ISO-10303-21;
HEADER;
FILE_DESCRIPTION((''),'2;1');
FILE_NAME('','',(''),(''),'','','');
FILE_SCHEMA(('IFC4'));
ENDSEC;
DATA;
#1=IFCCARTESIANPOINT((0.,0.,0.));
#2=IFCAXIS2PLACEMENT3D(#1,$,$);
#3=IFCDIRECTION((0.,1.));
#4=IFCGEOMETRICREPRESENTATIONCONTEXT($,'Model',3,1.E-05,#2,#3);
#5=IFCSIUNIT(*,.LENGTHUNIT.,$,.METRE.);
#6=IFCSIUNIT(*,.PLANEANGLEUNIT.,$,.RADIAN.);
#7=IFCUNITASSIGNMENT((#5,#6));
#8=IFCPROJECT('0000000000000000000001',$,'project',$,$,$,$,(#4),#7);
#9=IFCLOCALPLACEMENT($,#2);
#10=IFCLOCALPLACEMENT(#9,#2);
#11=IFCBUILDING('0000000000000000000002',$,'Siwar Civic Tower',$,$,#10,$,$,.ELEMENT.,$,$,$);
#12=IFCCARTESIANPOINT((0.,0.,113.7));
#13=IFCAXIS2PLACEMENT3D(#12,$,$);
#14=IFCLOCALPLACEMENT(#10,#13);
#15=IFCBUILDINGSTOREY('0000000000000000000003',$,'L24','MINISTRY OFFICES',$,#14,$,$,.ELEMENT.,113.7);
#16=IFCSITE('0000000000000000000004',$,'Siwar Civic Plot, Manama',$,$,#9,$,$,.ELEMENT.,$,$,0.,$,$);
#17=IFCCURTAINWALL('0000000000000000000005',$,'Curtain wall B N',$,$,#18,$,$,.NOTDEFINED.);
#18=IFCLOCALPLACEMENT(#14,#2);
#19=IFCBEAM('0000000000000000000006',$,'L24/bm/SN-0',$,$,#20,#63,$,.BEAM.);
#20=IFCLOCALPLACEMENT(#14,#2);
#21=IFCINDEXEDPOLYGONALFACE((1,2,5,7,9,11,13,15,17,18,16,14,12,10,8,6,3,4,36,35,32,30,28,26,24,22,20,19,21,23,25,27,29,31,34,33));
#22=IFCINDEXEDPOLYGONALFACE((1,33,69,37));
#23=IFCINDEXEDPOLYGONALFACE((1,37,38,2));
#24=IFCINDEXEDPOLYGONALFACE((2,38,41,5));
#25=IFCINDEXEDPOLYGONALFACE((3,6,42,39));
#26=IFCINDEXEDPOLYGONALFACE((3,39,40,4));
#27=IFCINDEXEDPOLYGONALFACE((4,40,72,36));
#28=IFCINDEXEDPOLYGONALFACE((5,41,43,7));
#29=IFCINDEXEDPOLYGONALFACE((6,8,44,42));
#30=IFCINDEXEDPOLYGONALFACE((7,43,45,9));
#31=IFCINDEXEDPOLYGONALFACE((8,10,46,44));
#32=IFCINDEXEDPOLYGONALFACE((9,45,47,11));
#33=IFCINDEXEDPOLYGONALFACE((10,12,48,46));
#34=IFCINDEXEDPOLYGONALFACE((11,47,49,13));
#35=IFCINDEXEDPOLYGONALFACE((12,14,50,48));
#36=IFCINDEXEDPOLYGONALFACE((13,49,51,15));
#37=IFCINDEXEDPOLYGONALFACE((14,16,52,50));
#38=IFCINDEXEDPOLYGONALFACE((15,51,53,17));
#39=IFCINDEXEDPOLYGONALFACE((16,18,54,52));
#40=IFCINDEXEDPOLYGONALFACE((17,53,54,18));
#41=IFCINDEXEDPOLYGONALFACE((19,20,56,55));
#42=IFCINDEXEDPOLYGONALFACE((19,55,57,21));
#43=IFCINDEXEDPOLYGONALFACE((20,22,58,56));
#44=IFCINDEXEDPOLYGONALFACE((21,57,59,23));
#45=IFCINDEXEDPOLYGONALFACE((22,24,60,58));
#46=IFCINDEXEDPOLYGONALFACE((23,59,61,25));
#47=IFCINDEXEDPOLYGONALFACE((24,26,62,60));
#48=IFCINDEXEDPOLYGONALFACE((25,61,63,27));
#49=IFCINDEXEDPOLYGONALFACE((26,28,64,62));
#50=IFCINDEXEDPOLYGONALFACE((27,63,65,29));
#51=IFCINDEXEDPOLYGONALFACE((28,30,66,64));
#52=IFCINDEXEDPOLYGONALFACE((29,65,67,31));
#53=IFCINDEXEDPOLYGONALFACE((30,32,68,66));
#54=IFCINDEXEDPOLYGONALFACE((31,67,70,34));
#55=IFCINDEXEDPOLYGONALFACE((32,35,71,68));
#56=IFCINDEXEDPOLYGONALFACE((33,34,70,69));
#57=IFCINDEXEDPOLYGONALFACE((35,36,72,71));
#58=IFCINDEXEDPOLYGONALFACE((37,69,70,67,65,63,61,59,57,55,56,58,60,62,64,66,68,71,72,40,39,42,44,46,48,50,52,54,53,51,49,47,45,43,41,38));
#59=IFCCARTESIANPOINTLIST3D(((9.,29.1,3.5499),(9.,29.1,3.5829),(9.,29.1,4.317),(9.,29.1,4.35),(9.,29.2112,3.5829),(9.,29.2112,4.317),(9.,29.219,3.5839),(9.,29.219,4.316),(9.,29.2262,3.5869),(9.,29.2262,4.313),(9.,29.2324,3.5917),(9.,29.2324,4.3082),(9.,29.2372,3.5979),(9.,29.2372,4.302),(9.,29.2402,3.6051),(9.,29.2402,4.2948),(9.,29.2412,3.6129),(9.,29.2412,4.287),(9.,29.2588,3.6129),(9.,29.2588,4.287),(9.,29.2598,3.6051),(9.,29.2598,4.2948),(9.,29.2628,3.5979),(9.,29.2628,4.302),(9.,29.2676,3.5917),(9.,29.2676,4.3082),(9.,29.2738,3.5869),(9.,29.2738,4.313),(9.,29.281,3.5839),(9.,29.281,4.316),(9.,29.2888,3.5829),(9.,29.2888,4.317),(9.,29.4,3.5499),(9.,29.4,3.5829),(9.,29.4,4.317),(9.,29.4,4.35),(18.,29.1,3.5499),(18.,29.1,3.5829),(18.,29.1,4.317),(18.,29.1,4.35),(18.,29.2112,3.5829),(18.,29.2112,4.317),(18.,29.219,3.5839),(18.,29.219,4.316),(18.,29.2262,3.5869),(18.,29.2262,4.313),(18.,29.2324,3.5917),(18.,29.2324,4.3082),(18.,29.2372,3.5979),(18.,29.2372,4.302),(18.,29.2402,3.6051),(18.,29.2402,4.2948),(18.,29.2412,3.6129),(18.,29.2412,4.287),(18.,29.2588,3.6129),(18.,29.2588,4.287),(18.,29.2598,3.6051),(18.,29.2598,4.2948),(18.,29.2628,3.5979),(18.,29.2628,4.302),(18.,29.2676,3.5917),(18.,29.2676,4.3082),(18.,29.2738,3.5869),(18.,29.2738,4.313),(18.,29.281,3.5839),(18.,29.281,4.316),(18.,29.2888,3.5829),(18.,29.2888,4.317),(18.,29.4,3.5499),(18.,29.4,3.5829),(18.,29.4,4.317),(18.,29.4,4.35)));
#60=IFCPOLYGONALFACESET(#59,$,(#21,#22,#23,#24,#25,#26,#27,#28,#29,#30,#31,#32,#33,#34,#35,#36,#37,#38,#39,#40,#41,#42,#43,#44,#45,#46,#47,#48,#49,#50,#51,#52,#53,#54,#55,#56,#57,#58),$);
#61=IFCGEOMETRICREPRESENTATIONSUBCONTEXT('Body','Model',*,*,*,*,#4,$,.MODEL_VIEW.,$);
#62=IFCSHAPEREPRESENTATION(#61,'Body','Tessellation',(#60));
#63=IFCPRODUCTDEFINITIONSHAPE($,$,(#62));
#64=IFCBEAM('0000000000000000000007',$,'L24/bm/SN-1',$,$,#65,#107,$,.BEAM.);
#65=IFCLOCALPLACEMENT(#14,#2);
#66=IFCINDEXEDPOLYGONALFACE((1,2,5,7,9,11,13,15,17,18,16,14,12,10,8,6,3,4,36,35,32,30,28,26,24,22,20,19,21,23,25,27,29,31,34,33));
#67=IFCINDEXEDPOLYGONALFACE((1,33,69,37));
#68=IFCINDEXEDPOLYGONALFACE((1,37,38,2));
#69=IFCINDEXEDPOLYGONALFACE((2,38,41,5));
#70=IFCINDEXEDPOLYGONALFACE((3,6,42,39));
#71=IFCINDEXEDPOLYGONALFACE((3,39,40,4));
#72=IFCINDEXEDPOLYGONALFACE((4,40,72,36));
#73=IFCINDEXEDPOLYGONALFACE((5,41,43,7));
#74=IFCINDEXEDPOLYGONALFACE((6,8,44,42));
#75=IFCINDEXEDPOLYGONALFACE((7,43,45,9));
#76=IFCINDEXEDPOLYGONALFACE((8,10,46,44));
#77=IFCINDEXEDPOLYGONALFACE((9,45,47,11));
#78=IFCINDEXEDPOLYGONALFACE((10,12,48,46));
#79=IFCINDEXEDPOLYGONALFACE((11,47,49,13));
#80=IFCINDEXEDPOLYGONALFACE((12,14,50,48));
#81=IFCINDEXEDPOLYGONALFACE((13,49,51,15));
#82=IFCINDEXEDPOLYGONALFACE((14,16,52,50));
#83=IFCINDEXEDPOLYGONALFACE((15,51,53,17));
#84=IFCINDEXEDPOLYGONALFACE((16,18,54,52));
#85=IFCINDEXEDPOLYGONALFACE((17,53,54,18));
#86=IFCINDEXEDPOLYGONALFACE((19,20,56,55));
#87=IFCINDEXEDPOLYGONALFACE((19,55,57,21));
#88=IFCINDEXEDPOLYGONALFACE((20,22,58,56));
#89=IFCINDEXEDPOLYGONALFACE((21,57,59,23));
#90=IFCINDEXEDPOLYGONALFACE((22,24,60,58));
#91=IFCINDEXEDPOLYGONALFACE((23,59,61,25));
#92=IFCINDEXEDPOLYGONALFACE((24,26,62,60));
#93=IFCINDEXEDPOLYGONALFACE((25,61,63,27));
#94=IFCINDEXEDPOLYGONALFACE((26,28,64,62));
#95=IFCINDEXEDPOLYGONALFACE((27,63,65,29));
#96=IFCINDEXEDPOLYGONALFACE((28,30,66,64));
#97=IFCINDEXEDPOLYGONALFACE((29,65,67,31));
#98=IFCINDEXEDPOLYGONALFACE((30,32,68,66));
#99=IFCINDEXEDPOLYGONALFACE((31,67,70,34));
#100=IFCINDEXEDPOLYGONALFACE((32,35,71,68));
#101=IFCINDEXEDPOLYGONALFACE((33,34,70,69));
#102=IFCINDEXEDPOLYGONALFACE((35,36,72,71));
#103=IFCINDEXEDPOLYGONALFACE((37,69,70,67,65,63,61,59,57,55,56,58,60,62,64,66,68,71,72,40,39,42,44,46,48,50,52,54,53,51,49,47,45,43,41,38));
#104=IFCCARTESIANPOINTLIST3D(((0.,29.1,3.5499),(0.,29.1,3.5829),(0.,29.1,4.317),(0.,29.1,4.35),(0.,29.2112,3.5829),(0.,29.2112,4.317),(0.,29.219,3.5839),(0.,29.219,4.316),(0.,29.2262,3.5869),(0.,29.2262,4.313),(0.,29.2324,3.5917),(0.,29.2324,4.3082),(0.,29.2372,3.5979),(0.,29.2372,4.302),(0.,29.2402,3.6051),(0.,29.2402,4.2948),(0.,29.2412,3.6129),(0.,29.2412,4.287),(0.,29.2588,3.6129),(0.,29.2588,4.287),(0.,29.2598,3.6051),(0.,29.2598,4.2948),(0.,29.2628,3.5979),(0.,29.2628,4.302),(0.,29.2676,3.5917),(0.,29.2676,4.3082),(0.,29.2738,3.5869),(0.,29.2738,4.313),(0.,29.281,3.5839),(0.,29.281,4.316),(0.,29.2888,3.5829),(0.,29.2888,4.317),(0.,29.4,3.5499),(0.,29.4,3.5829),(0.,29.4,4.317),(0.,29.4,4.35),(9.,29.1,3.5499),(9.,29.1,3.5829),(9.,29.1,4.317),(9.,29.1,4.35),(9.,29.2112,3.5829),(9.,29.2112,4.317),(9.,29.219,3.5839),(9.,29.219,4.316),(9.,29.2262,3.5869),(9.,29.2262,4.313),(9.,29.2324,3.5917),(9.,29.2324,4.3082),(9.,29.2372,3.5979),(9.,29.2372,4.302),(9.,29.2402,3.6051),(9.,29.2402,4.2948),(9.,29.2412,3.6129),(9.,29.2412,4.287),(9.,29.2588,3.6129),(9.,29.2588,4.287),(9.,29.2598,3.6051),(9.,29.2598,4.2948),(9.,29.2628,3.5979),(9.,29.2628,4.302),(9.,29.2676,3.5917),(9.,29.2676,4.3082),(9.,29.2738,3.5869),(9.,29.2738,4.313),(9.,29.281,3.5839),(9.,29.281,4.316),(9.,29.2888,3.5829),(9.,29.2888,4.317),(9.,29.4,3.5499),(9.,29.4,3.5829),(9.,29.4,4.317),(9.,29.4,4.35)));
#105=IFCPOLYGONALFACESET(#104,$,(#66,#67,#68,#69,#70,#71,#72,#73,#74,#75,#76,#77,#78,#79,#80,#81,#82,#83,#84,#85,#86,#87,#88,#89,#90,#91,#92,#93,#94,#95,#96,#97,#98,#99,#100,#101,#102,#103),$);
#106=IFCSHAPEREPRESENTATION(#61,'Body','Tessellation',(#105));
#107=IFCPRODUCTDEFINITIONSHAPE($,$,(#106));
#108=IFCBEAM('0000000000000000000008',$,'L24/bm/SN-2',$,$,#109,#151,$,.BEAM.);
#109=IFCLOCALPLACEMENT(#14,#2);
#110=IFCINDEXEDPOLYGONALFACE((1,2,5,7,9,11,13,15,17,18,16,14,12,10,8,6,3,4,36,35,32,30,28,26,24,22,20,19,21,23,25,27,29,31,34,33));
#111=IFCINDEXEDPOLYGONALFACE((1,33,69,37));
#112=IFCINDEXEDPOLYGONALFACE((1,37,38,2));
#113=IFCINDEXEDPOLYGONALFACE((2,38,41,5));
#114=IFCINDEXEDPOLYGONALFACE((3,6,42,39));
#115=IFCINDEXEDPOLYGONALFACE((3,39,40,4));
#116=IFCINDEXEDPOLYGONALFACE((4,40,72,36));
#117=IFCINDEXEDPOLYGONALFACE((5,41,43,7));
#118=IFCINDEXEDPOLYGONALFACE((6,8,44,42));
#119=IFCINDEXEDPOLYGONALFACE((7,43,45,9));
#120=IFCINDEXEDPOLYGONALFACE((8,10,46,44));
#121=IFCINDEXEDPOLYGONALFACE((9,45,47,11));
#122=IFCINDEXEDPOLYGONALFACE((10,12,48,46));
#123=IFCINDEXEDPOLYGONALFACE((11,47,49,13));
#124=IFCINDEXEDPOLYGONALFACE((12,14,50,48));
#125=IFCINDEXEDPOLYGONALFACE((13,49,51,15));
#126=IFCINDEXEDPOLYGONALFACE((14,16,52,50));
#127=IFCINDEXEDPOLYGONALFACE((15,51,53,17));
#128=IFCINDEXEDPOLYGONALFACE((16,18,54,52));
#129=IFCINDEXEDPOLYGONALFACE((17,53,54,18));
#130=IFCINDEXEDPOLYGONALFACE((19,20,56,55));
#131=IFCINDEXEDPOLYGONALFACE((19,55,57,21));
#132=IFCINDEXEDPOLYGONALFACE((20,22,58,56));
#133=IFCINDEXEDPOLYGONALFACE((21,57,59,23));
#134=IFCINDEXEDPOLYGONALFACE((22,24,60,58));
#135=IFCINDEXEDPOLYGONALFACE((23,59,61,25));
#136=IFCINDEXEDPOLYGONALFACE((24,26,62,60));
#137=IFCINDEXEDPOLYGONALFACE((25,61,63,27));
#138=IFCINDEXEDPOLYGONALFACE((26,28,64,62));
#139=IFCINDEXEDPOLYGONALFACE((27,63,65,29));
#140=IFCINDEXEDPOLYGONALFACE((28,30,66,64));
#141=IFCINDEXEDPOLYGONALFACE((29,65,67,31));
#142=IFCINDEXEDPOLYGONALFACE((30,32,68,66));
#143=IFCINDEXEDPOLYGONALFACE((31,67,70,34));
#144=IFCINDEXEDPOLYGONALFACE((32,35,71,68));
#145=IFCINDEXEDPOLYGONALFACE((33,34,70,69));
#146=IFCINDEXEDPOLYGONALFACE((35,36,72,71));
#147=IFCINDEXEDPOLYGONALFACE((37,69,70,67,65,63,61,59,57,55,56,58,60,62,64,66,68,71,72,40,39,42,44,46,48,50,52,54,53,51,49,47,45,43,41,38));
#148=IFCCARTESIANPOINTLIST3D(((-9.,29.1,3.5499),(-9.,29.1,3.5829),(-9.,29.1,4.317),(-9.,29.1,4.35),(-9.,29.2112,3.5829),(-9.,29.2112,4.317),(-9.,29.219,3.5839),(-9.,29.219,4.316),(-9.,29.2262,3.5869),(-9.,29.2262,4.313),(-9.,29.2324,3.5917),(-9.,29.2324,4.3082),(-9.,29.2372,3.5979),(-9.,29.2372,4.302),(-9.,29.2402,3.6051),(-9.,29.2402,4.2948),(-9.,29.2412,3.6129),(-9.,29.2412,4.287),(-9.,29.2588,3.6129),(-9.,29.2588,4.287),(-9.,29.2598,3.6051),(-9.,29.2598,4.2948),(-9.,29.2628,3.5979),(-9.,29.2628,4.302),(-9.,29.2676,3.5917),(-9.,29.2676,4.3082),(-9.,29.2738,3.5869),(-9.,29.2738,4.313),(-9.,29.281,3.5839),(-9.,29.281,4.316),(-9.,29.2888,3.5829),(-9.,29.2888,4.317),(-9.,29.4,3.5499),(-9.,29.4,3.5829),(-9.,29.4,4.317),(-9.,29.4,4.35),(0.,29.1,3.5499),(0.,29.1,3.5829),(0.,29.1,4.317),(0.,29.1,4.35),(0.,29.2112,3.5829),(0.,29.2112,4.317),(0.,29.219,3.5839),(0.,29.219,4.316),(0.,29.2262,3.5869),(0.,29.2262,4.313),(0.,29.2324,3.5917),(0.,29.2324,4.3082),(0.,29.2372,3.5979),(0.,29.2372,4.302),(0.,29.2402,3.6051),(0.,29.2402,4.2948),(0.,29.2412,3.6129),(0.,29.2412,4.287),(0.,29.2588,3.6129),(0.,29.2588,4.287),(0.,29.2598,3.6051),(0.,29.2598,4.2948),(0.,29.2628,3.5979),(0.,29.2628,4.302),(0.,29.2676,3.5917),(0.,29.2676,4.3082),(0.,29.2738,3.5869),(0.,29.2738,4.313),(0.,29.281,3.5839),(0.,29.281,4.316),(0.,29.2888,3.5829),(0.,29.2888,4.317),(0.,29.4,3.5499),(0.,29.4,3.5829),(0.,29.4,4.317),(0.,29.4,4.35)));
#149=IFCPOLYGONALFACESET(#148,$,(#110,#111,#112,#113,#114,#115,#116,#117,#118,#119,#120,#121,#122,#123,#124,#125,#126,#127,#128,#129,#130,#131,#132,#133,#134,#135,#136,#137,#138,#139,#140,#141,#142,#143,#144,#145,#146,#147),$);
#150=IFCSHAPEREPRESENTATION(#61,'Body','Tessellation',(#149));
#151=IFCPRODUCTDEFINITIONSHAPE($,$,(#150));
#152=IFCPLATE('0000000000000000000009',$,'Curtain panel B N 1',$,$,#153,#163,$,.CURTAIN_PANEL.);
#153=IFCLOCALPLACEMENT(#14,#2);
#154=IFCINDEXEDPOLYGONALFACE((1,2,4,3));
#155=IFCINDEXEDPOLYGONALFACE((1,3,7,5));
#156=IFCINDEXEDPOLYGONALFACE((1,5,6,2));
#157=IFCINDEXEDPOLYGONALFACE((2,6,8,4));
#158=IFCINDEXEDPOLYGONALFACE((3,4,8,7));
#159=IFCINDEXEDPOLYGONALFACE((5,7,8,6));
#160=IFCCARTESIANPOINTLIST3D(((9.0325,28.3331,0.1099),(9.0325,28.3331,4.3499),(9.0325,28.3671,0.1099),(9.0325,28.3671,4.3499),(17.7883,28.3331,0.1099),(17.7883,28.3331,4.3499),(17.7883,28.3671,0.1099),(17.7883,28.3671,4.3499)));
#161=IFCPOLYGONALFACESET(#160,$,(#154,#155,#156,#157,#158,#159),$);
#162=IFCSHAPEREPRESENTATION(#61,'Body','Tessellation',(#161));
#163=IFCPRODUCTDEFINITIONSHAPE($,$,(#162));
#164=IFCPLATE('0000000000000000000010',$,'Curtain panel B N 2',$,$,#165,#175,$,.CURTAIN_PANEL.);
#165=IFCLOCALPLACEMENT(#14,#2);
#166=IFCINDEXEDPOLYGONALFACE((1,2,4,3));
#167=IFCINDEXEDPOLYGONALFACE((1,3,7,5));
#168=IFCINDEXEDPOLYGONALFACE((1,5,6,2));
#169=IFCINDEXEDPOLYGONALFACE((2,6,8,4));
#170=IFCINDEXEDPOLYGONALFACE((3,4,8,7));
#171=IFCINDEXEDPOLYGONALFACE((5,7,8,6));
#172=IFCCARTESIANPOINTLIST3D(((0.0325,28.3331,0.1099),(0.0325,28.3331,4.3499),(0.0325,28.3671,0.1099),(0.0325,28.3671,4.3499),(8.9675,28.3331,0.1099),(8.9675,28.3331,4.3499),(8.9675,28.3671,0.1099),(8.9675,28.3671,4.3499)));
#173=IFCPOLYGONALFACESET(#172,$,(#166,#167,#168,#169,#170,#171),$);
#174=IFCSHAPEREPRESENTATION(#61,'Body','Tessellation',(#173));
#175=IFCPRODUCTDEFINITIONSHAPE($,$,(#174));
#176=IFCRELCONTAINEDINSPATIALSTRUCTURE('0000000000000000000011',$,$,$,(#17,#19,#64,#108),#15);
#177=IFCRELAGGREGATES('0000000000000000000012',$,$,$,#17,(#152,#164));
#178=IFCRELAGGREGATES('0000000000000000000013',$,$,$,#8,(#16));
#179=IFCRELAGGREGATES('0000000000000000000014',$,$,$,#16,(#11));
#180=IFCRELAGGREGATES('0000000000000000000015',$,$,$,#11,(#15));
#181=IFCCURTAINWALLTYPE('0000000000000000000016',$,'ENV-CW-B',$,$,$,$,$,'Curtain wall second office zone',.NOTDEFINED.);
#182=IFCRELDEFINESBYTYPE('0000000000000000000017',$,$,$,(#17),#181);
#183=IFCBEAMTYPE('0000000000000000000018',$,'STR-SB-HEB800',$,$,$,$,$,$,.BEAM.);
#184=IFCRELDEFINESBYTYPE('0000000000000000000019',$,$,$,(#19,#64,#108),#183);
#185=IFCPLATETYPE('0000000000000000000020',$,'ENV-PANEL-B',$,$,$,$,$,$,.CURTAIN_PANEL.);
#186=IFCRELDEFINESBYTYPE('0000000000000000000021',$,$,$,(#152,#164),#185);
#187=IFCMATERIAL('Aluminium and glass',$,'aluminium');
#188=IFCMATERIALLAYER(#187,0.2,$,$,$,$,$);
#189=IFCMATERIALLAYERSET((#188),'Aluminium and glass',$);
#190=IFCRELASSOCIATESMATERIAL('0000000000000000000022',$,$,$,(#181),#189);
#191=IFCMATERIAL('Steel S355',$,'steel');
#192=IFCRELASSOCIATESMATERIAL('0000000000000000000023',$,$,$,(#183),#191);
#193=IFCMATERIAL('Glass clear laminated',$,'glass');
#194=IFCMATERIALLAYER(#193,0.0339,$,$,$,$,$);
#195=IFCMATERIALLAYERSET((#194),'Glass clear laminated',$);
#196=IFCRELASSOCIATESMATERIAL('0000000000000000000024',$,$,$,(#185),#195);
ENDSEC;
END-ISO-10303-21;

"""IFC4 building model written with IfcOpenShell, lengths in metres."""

from ifc_helpers import new_model, si_unit, direction, frame, origin, origin_2d, place, context, subcontext, project, spatial, rectangle, i_section, extrude, material, layer, layer_set, material_profile, profile_set, type_object, element, aggregate, save


model = new_model("IFC4")

# Units and contexts
model_context = context("Model", 3, precision=1e-05, world=origin(), true_north=direction((0.0, 1.0)))
body_context = subcontext(model_context, "Body", "Model", "MODEL_VIEW")
ifc_project = project(units=[si_unit("LENGTHUNIT", "METRE"), si_unit("PLANEANGLEUNIT", "RADIAN")], contexts=[model_context])

# Site, building, storey
site_placement = place(None, origin())
site = spatial("IfcSite", under=ifc_project, at=site_placement, Name="Siwar Civic Plot, Manama", CompositionType="ELEMENT", RefElevation=0.0)
building_placement = place(site_placement, origin())
building = spatial("IfcBuilding", under=site, at=building_placement, Name="Siwar Civic Tower", CompositionType="ELEMENT")
storey_placement = place(building_placement, frame((0.0, 0.0, 113.7)))
storey = spatial("IfcBuildingStorey", under=building, at=storey_placement, Name="L24", Description="MINISTRY OFFICES", CompositionType="ELEMENT", Elevation=113.7)

# Curtain wall
ifc_material_1 = material(Name="Aluminium and glass", Category="aluminium")
ifc_layer_1 = layer(ifc_material_1, 0.2)
ifc_layer_set_1 = layer_set([ifc_layer_1], Name="Aluminium and glass")
curtain_wall_type = type_object("IfcCurtainWallType", Name="ENV-CW-B", ElementType="Curtain wall second office zone", PredefinedType="NOTDEFINED", material=ifc_layer_set_1)
curtain_wall_placement = place(storey_placement, origin())
curtain_wall = element("IfcCurtainWall", 1, at=curtain_wall_placement, inside=storey, type_object=curtain_wall_type, Name="Curtain wall B N", PredefinedType="NOTDEFINED")

# Beams
ifc_material_2 = material(Name="Steel S355", Category="steel")
ifc_material_profile_1 = material_profile(ifc_material_2, i_section(OverallWidth=0.3, OverallDepth=0.8, WebThickness=0.0176, FlangeThickness=0.033, FilletRadius=0.03, at=origin_2d()), Name="HEB800")
ifc_profile_set_1 = profile_set([ifc_material_profile_1], Name="Steel S355")
beam_type_1 = type_object("IfcBeamType", Name="STR-SB-HEB800", PredefinedType="BEAM", material=ifc_profile_set_1)
for number, where, z_axis, x_axis, name in (
    (2, (18.0, 29.25, 3.95), (-1.0, 0.0, 0.0), (0.0, -1.0, 0.0), "L24/bm/SN-0"),
    (3, (9.0, 29.25, 3.95), (-1.0, 0.0, 0.0), (0.0, -1.0, 0.0), "L24/bm/SN-1"),
    (4, (0.0, 29.25, 3.95), (-1.0, 0.0, 0.0), (0.0, -1.0, 0.0), "L24/bm/SN-2"),
):
    element("IfcBeam", number, at=place(storey_placement, frame(where, z_axis=z_axis, x_axis=x_axis)), inside=storey, type_object=beam_type_1, Name=name, PredefinedType="BEAM", context=body_context, shape_type="SweptSolid", body=[
        extrude(i_section(OverallWidth=0.3, OverallDepth=0.8, WebThickness=0.0176, FlangeThickness=0.033, FilletRadius=0.03, at=origin_2d()), origin(), (0.0, 0.0, 1.0), 9.0),
    ])

# Plates
ifc_material_3 = material(Name="Glass clear laminated", Category="glass")
ifc_layer_2 = layer(ifc_material_3, 0.0339)
ifc_layer_set_2 = layer_set([ifc_layer_2], Name="Glass clear laminated")
plate_type = type_object("IfcPlateType", Name="ENV-PANEL-B", PredefinedType="CURTAIN_PANEL", material=ifc_layer_set_2)
plate_1_placement = place(storey_placement, frame((13.4104, 28.3501, 0.1099), z_axis=(0.0, 0.0, 1.0), x_axis=(-1.0, 0.0, 0.0)))
plate_1 = element("IfcPlate", 5, at=plate_1_placement, type_object=plate_type, Name="Curtain panel B N 1", PredefinedType="CURTAIN_PANEL", context=body_context, shape_type="SweptSolid", body=[
    extrude(rectangle(XDim=8.7559, YDim=0.0339, at=origin_2d()), origin(), (0.0, 0.0, 1.0), 4.24),
])
plate_2_placement = place(storey_placement, frame((4.5, 28.3501, 0.1099), z_axis=(0.0, 0.0, 1.0), x_axis=(-1.0, 0.0, 0.0)))
plate_2 = element("IfcPlate", 6, at=plate_2_placement, type_object=plate_type, Name="Curtain panel B N 2", PredefinedType="CURTAIN_PANEL", context=body_context, shape_type="SweptSolid", body=[
    extrude(rectangle(XDim=8.9351, YDim=0.0339, at=origin_2d()), origin(), (0.0, 0.0, 1.0), 4.24),
])
aggregate(curtain_wall, [plate_1, plate_2])

save(model, "model.ifc")
